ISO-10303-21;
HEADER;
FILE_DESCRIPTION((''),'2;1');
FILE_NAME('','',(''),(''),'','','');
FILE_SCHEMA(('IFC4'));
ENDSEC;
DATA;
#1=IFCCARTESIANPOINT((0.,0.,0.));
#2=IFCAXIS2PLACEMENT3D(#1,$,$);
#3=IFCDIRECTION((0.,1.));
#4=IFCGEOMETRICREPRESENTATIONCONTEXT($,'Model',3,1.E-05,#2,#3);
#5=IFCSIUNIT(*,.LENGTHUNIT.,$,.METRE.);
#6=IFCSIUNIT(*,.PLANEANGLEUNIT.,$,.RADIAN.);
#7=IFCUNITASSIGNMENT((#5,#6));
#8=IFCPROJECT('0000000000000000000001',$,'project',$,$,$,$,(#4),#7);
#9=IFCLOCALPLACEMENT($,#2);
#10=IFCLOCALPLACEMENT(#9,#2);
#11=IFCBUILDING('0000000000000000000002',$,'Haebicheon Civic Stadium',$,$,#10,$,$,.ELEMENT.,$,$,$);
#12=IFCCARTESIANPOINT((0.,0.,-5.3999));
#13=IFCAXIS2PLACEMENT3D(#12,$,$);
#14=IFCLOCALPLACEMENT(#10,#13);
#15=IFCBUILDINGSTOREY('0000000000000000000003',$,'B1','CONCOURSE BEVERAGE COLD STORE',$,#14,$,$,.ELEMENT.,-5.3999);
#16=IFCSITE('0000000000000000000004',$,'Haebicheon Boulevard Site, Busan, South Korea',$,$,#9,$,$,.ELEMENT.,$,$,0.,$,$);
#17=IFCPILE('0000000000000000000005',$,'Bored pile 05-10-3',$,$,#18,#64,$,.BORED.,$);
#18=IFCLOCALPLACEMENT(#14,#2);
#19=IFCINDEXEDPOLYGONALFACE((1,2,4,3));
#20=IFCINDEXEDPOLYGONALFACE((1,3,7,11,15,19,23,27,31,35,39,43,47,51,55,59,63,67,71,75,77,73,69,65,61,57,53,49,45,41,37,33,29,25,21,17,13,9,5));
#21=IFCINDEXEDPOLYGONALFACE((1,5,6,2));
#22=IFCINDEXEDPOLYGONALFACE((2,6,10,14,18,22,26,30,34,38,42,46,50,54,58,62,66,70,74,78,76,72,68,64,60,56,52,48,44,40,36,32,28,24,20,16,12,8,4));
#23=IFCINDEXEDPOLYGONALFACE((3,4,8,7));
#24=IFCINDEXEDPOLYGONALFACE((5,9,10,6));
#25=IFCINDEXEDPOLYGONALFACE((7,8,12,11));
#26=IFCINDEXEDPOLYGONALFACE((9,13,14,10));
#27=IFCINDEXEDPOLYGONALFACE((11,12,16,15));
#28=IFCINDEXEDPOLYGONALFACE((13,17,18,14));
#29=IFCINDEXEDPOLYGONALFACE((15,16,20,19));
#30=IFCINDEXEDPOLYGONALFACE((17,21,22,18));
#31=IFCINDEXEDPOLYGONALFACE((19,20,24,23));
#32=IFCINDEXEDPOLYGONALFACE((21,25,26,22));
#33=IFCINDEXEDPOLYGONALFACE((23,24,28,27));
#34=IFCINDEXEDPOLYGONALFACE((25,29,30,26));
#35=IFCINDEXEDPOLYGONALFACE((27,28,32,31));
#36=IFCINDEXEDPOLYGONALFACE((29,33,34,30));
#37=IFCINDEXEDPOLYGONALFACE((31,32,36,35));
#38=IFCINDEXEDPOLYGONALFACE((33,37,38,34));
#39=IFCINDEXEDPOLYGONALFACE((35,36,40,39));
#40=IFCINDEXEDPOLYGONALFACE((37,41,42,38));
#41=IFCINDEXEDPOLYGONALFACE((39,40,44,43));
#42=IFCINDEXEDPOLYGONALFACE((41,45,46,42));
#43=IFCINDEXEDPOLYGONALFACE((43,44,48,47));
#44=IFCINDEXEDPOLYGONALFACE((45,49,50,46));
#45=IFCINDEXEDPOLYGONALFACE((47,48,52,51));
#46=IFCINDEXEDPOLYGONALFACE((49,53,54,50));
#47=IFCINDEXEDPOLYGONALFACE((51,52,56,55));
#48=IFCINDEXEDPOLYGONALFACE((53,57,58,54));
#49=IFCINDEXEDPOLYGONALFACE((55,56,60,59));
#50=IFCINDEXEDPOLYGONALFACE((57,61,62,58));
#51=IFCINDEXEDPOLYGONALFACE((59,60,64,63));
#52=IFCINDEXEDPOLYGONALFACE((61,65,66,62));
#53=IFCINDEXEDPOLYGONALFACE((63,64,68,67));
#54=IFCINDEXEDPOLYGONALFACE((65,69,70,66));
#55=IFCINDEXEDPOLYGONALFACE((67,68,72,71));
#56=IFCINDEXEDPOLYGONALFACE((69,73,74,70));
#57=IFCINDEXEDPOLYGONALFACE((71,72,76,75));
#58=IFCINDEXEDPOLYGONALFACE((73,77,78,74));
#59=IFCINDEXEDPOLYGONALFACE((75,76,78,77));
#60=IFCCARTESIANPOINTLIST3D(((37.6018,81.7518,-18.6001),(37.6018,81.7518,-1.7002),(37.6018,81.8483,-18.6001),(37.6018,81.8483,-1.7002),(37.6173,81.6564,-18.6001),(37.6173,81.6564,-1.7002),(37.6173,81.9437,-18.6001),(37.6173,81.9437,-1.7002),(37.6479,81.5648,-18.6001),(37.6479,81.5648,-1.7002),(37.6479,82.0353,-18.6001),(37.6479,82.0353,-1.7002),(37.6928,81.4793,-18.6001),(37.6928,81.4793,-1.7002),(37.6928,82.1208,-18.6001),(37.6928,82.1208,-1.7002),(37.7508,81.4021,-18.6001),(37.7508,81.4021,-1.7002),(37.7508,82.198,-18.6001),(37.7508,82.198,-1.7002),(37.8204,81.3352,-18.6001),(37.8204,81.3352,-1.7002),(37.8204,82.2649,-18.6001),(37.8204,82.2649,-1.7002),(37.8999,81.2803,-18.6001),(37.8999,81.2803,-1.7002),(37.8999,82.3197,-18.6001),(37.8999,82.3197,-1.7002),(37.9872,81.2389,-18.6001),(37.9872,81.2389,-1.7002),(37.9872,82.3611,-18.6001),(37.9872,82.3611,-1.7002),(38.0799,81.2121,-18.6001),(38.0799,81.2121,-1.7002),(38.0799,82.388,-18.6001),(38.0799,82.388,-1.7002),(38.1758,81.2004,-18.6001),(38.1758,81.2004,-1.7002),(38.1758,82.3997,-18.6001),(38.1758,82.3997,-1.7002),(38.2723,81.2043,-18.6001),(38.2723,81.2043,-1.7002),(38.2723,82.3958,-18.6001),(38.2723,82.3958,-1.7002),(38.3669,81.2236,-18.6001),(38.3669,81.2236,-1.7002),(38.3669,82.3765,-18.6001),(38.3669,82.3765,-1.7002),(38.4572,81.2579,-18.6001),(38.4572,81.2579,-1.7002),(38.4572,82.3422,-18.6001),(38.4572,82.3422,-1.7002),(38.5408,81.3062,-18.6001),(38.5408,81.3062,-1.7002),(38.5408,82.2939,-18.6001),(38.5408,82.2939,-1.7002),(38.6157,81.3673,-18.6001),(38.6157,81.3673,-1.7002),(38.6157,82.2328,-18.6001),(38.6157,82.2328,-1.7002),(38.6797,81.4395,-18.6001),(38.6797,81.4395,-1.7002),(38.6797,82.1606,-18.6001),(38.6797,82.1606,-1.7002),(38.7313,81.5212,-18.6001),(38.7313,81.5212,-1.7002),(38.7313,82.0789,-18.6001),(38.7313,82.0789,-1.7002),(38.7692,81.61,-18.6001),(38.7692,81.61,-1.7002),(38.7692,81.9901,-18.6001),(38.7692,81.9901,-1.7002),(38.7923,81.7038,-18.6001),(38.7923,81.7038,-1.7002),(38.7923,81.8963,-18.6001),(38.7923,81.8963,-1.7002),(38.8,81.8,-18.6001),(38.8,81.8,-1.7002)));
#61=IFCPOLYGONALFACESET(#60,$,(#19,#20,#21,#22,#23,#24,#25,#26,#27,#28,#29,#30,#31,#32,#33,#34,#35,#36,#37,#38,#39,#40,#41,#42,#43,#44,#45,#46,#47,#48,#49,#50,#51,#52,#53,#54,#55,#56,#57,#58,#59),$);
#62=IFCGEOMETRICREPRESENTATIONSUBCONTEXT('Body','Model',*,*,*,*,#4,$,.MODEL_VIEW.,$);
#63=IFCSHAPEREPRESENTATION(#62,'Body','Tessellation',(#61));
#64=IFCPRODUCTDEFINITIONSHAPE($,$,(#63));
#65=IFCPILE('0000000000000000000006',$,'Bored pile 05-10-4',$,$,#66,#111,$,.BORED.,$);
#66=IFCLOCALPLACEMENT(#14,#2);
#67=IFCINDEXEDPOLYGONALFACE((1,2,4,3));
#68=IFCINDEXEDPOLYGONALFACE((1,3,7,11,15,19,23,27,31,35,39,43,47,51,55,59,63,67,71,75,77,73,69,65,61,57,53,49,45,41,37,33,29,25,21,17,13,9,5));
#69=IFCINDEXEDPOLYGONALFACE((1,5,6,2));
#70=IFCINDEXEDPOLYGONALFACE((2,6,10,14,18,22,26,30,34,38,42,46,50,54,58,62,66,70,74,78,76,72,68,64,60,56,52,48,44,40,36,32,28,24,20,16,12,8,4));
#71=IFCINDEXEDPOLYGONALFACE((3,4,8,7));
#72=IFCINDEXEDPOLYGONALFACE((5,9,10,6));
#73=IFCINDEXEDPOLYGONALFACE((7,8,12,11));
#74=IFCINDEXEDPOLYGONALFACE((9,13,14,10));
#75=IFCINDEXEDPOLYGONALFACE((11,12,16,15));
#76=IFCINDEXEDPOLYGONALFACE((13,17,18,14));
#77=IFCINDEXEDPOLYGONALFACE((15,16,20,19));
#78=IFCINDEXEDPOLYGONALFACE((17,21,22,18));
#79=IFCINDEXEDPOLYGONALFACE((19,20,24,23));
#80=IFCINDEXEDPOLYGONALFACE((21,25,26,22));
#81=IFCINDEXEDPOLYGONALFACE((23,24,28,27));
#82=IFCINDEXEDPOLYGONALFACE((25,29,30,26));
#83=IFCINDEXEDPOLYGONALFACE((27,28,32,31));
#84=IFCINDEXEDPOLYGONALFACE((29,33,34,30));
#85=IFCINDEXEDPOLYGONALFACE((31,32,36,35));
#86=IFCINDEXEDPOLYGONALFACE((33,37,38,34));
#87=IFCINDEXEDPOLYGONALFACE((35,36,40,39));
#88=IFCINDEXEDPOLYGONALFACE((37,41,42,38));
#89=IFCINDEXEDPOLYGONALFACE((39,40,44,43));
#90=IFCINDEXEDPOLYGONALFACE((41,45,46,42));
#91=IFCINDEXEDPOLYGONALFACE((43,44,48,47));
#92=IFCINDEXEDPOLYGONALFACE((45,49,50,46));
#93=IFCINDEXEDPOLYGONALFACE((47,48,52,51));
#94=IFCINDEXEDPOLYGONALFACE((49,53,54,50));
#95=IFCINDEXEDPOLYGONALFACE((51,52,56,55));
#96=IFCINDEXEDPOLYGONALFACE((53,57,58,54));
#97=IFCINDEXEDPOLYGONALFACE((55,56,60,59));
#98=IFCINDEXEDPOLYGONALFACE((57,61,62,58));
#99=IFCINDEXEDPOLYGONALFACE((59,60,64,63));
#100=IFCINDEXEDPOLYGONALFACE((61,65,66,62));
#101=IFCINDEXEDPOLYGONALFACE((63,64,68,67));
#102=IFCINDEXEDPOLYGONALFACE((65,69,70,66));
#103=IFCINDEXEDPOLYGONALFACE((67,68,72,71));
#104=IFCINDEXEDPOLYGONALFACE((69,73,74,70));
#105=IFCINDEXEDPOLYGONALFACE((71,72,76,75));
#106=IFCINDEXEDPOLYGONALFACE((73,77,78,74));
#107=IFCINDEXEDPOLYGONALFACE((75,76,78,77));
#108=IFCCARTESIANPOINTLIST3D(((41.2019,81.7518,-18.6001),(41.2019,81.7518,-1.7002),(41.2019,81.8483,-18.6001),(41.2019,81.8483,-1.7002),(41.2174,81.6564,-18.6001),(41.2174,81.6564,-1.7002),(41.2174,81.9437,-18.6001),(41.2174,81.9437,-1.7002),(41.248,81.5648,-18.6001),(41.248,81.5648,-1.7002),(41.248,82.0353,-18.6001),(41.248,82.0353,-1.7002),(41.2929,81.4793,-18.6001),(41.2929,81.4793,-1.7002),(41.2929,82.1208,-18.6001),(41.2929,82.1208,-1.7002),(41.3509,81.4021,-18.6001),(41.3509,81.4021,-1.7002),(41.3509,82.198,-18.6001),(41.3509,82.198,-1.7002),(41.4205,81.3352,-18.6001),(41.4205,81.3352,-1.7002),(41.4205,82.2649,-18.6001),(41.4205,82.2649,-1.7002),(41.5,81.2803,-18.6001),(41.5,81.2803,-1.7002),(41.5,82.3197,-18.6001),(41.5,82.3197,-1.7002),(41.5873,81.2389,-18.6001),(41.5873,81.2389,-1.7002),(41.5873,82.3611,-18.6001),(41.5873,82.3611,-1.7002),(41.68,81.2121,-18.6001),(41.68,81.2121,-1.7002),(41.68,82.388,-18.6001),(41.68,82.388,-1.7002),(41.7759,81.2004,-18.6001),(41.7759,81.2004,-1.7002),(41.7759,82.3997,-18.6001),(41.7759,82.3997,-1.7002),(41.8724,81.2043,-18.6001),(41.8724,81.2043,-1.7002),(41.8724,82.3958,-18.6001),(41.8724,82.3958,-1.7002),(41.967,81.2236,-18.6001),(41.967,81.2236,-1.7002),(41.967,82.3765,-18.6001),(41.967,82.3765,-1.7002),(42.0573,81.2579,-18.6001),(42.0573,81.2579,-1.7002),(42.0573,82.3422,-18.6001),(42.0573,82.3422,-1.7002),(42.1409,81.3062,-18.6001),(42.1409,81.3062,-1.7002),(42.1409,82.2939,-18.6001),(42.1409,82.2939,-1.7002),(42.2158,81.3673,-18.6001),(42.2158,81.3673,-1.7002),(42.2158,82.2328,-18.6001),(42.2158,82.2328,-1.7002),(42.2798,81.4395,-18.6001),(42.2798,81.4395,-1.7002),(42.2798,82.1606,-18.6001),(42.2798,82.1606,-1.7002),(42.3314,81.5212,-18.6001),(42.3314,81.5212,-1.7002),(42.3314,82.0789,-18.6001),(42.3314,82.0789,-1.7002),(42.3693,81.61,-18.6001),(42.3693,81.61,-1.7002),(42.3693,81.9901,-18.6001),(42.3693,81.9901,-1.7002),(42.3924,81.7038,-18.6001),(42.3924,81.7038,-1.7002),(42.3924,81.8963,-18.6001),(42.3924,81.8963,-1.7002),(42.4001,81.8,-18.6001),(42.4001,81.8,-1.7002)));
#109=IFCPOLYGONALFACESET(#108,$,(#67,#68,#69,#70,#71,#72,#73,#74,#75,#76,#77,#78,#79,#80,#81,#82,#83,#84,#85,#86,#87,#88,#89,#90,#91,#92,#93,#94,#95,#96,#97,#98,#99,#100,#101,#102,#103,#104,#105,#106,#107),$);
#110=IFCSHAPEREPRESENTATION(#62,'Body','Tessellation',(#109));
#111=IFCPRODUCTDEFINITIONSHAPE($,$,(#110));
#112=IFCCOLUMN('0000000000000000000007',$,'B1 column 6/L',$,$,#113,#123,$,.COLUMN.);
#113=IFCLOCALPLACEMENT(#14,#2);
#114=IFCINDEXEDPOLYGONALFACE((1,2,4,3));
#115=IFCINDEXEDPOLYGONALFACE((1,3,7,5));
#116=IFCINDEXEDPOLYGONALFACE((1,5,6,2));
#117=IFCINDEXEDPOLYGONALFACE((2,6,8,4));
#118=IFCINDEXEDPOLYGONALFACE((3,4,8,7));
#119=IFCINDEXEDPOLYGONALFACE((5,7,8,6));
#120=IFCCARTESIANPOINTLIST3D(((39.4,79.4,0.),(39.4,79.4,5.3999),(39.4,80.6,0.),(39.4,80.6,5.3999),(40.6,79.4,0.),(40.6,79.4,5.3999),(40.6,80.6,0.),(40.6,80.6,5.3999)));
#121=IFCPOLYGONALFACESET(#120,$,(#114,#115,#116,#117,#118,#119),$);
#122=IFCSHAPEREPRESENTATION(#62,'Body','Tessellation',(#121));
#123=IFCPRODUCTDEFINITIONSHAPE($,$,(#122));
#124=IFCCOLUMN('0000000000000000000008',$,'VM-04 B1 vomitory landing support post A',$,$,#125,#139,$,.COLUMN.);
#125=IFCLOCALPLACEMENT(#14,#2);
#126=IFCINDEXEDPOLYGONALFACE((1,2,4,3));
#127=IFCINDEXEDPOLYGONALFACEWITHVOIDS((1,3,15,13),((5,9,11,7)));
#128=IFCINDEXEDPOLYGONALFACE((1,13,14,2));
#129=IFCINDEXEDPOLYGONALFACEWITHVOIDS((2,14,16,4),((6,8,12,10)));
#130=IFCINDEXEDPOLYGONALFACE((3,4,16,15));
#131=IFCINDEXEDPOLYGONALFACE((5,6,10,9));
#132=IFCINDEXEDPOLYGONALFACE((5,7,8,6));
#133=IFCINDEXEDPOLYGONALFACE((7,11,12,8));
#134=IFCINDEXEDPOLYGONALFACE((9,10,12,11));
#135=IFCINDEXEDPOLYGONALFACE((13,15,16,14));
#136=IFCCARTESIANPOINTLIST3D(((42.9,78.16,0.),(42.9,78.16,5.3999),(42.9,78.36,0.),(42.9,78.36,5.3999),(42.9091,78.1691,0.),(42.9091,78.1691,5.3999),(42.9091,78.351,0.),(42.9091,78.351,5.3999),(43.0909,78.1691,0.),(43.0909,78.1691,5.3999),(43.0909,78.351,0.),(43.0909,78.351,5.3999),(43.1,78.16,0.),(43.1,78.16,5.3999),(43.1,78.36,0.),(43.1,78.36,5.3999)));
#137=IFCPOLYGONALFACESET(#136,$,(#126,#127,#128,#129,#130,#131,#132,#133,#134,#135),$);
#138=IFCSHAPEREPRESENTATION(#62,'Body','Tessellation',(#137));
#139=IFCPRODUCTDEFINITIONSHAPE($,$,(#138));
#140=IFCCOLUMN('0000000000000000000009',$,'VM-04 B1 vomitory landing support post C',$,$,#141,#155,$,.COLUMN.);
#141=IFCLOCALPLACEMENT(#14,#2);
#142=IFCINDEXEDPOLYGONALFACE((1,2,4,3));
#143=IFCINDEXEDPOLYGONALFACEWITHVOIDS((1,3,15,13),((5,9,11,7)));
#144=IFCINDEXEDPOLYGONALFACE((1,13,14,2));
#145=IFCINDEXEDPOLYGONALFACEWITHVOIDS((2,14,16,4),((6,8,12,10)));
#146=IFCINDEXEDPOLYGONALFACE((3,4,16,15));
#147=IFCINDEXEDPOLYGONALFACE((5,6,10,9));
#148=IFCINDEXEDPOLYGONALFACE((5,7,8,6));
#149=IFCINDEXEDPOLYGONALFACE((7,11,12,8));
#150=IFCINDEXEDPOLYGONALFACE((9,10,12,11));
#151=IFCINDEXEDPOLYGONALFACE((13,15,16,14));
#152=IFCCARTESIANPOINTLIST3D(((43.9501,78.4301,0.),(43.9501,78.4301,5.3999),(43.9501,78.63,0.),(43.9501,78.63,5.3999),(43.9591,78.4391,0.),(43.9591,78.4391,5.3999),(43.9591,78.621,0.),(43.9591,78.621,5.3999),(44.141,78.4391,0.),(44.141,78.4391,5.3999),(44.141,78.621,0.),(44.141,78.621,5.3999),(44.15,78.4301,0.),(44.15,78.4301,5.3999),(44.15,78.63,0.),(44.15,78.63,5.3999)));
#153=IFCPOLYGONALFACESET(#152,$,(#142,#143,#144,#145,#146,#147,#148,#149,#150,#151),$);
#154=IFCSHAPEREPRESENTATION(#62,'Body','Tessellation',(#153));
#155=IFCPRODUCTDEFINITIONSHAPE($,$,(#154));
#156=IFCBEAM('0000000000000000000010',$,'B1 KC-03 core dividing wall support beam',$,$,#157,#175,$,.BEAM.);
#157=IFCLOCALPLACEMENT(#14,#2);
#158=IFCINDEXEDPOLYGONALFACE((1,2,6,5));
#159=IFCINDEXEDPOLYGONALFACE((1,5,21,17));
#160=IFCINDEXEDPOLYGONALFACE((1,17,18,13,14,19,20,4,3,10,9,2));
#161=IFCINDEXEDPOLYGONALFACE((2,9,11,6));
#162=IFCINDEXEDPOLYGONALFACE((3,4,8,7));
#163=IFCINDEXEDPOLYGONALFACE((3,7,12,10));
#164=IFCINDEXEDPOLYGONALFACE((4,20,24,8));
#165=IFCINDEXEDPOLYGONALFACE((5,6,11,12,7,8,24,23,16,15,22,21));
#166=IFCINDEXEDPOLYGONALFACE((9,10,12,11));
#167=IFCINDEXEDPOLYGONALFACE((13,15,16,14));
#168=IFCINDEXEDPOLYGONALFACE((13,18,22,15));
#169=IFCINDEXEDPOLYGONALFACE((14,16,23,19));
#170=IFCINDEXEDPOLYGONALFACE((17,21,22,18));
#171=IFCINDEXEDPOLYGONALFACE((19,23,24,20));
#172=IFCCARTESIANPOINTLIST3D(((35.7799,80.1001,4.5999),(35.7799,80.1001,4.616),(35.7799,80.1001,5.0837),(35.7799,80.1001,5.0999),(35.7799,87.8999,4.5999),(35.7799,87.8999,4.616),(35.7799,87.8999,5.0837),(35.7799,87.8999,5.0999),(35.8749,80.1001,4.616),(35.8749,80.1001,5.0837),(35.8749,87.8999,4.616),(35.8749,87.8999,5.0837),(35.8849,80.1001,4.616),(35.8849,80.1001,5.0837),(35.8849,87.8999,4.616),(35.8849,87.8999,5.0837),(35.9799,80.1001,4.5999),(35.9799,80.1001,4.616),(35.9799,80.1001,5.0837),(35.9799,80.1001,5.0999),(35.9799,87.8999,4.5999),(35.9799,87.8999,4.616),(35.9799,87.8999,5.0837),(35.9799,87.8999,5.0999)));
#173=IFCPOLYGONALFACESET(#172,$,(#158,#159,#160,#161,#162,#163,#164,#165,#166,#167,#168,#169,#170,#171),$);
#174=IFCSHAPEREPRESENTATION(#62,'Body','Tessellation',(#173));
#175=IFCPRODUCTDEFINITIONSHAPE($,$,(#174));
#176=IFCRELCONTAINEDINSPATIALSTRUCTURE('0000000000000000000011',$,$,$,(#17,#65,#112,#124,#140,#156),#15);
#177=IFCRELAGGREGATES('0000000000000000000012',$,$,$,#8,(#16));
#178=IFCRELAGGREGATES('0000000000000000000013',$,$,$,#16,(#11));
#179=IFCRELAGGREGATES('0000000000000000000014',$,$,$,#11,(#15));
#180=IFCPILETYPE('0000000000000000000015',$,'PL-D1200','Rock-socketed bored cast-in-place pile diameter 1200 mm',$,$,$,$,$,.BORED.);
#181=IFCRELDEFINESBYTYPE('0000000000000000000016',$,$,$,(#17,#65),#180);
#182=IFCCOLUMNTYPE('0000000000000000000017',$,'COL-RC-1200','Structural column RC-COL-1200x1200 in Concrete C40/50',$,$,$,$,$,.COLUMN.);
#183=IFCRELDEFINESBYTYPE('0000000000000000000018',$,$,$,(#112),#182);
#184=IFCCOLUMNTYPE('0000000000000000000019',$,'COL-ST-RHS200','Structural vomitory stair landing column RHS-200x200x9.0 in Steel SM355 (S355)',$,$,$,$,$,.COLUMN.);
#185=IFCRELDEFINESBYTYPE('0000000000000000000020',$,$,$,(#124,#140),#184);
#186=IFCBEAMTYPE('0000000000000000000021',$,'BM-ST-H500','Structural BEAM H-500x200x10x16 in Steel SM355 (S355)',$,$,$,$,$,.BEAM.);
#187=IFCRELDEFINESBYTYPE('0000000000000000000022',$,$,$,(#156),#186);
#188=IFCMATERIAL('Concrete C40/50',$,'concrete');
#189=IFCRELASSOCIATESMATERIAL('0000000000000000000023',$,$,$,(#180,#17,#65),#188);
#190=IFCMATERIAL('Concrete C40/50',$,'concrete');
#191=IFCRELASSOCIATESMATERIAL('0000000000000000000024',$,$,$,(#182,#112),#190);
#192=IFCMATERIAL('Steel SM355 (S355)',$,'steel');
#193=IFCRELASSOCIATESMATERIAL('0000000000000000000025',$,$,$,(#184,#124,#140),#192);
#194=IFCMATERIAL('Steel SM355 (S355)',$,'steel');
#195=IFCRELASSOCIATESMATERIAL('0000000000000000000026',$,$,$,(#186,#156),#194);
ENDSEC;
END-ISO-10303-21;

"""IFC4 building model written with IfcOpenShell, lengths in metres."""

from ifc_helpers import new_model, si_unit, direction, frame, origin, origin_2d, place, context, subcontext, project, spatial, rectangle, hollow_rectangle, circle, i_section, extrude, material, material_profile, profile_set, type_object, element, save


model = new_model("IFC4")

# Units and contexts
model_context = context("Model", 3, precision=1e-05, world=origin(), true_north=direction((0.0, 1.0)))
body_context = subcontext(model_context, "Body", "Model", "MODEL_VIEW")
ifc_project = project(units=[si_unit("LENGTHUNIT", "METRE"), si_unit("PLANEANGLEUNIT", "RADIAN")], contexts=[model_context])

# Site, building, storey
site_placement = place(None, origin())
site = spatial("IfcSite", under=ifc_project, at=site_placement, Name="Haebicheon Boulevard Site, Busan, South Korea", CompositionType="ELEMENT", RefElevation=0.0)
building_placement = place(site_placement, origin())
building = spatial("IfcBuilding", under=site, at=building_placement, Name="Haebicheon Civic Stadium", CompositionType="ELEMENT")
storey_placement = place(building_placement, frame((0.0, 0.0, -5.3999)))
storey = spatial("IfcBuildingStorey", under=building, at=storey_placement, Name="B1", Description="CONCOURSE BEVERAGE COLD STORE", CompositionType="ELEMENT", Elevation=-5.3999)

# Piles
ifc_material_1 = material(Name="Concrete C40/50", Category="concrete")
ifc_material_profile_1 = material_profile(ifc_material_1, circle(Radius=0.6001, at=origin_2d()), Name="PILE-D1200")
ifc_profile_set_1 = profile_set([ifc_material_profile_1], Name="Concrete C40/50")
pile_type = type_object("IfcPileType", Name="PL-D1200", Description="Rock-socketed bored cast-in-place pile diameter 1200 mm", PredefinedType="BORED", material=ifc_profile_set_1)
for number, where, z_axis, x_axis, name in (
    (1, (38.2, 81.8, -1.7002), (0.0, 0.0, -1.0), (1.0, 0.0, 0.0), "Bored pile 05-10-3"),
    (2, (41.8, 81.8, -1.7002), (0.0, 0.0, -1.0), (1.0, 0.0, 0.0), "Bored pile 05-10-4"),
):
    element("IfcPile", number, at=place(storey_placement, frame(where, z_axis=z_axis, x_axis=x_axis)), inside=storey, type_object=pile_type, material=ifc_profile_set_1, Name=name, PredefinedType="BORED", context=body_context, shape_type="SweptSolid", body=[
        extrude(circle(Radius=0.6001, at=origin_2d()), origin(), (0.0, 0.0, 1.0), 16.8999),
    ])

# Columns
ifc_material_2 = material(Name="Concrete C40/50", Category="concrete")
ifc_material_profile_2 = material_profile(ifc_material_2, rectangle(XDim=1.2, YDim=1.2, at=origin_2d()), Name="RC-COL-1200x1200")
ifc_profile_set_2 = profile_set([ifc_material_profile_2], Name="Concrete C40/50")
column_type_1 = type_object("IfcColumnType", Name="COL-RC-1200", Description="Structural column RC-COL-1200x1200 in Concrete C40/50", PredefinedType="COLUMN", material=ifc_profile_set_2)
column_placement = place(storey_placement, frame((40.0, 80.0, 0.0), z_axis=(0.0, 0.0, 1.0), x_axis=(1.0, 0.0, 0.0)))
element("IfcColumn", 3, at=column_placement, inside=storey, type_object=column_type_1, material=ifc_profile_set_2, Name="B1 column 6/L", PredefinedType="COLUMN", context=body_context, shape_type="SweptSolid", body=[
    extrude(rectangle(XDim=1.2, YDim=1.2, at=origin_2d()), origin(), (0.0, 0.0, 1.0), 5.3999),
])
ifc_material_3 = material(Name="Steel SM355 (S355)", Category="steel")
ifc_material_profile_3 = material_profile(ifc_material_3, hollow_rectangle(XDim=0.2, YDim=0.2, WallThickness=0.009, at=origin_2d()), Name="RHS-200x200x9.0")
ifc_profile_set_3 = profile_set([ifc_material_profile_3], Name="Steel SM355 (S355)")
column_type_2 = type_object("IfcColumnType", Name="COL-ST-RHS200", Description="Structural vomitory stair landing column RHS-200x200x9.0 in Steel SM355 (S355)", PredefinedType="COLUMN", material=ifc_profile_set_3)
for number, where, z_axis, x_axis, name in (
    (4, (43.0, 78.26, 0.0), (0.0, 0.0, 1.0), (1.0, 0.0, 0.0), "VM-04 B1 vomitory landing support post A"),
    (5, (44.05, 78.53, 0.0), (0.0, 0.0, 1.0), (1.0, 0.0, 0.0), "VM-04 B1 vomitory landing support post C"),
):
    element("IfcColumn", number, at=place(storey_placement, frame(where, z_axis=z_axis, x_axis=x_axis)), inside=storey, type_object=column_type_2, material=ifc_profile_set_3, Name=name, PredefinedType="COLUMN", context=body_context, shape_type="SweptSolid", body=[
        extrude(hollow_rectangle(XDim=0.2, YDim=0.2, WallThickness=0.009, at=origin_2d()), origin(), (0.0, 0.0, 1.0), 5.3999),
    ])

# Beam
ifc_material_4 = material(Name="Steel SM355 (S355)", Category="steel")
ifc_material_profile_4 = material_profile(ifc_material_4, i_section(OverallWidth=0.2, OverallDepth=0.5, WebThickness=0.01, FlangeThickness=0.0161, at=origin_2d()), Name="H-500x200x10x16")
ifc_profile_set_4 = profile_set([ifc_material_profile_4], Name="Steel SM355 (S355)")
beam_type_1 = type_object("IfcBeamType", Name="BM-ST-H500", Description="Structural BEAM H-500x200x10x16 in Steel SM355 (S355)", PredefinedType="BEAM", material=ifc_profile_set_4)
beam_1_placement = place(storey_placement, frame((35.8799, 80.1001, 4.8499), z_axis=(0.0, 1.0, 0.0), x_axis=(-1.0, 0.0, 0.0)))
element("IfcBeam", 6, at=beam_1_placement, inside=storey, type_object=beam_type_1, material=ifc_profile_set_4, Name="B1 KC-03 core dividing wall support beam", PredefinedType="BEAM", context=body_context, shape_type="SweptSolid", body=[
    extrude(i_section(OverallWidth=0.2, OverallDepth=0.5, WebThickness=0.01, FlangeThickness=0.0161, at=origin_2d()), origin(), (0.0, 0.0, 1.0), 7.7998),
])

save(model, "model.ifc")
